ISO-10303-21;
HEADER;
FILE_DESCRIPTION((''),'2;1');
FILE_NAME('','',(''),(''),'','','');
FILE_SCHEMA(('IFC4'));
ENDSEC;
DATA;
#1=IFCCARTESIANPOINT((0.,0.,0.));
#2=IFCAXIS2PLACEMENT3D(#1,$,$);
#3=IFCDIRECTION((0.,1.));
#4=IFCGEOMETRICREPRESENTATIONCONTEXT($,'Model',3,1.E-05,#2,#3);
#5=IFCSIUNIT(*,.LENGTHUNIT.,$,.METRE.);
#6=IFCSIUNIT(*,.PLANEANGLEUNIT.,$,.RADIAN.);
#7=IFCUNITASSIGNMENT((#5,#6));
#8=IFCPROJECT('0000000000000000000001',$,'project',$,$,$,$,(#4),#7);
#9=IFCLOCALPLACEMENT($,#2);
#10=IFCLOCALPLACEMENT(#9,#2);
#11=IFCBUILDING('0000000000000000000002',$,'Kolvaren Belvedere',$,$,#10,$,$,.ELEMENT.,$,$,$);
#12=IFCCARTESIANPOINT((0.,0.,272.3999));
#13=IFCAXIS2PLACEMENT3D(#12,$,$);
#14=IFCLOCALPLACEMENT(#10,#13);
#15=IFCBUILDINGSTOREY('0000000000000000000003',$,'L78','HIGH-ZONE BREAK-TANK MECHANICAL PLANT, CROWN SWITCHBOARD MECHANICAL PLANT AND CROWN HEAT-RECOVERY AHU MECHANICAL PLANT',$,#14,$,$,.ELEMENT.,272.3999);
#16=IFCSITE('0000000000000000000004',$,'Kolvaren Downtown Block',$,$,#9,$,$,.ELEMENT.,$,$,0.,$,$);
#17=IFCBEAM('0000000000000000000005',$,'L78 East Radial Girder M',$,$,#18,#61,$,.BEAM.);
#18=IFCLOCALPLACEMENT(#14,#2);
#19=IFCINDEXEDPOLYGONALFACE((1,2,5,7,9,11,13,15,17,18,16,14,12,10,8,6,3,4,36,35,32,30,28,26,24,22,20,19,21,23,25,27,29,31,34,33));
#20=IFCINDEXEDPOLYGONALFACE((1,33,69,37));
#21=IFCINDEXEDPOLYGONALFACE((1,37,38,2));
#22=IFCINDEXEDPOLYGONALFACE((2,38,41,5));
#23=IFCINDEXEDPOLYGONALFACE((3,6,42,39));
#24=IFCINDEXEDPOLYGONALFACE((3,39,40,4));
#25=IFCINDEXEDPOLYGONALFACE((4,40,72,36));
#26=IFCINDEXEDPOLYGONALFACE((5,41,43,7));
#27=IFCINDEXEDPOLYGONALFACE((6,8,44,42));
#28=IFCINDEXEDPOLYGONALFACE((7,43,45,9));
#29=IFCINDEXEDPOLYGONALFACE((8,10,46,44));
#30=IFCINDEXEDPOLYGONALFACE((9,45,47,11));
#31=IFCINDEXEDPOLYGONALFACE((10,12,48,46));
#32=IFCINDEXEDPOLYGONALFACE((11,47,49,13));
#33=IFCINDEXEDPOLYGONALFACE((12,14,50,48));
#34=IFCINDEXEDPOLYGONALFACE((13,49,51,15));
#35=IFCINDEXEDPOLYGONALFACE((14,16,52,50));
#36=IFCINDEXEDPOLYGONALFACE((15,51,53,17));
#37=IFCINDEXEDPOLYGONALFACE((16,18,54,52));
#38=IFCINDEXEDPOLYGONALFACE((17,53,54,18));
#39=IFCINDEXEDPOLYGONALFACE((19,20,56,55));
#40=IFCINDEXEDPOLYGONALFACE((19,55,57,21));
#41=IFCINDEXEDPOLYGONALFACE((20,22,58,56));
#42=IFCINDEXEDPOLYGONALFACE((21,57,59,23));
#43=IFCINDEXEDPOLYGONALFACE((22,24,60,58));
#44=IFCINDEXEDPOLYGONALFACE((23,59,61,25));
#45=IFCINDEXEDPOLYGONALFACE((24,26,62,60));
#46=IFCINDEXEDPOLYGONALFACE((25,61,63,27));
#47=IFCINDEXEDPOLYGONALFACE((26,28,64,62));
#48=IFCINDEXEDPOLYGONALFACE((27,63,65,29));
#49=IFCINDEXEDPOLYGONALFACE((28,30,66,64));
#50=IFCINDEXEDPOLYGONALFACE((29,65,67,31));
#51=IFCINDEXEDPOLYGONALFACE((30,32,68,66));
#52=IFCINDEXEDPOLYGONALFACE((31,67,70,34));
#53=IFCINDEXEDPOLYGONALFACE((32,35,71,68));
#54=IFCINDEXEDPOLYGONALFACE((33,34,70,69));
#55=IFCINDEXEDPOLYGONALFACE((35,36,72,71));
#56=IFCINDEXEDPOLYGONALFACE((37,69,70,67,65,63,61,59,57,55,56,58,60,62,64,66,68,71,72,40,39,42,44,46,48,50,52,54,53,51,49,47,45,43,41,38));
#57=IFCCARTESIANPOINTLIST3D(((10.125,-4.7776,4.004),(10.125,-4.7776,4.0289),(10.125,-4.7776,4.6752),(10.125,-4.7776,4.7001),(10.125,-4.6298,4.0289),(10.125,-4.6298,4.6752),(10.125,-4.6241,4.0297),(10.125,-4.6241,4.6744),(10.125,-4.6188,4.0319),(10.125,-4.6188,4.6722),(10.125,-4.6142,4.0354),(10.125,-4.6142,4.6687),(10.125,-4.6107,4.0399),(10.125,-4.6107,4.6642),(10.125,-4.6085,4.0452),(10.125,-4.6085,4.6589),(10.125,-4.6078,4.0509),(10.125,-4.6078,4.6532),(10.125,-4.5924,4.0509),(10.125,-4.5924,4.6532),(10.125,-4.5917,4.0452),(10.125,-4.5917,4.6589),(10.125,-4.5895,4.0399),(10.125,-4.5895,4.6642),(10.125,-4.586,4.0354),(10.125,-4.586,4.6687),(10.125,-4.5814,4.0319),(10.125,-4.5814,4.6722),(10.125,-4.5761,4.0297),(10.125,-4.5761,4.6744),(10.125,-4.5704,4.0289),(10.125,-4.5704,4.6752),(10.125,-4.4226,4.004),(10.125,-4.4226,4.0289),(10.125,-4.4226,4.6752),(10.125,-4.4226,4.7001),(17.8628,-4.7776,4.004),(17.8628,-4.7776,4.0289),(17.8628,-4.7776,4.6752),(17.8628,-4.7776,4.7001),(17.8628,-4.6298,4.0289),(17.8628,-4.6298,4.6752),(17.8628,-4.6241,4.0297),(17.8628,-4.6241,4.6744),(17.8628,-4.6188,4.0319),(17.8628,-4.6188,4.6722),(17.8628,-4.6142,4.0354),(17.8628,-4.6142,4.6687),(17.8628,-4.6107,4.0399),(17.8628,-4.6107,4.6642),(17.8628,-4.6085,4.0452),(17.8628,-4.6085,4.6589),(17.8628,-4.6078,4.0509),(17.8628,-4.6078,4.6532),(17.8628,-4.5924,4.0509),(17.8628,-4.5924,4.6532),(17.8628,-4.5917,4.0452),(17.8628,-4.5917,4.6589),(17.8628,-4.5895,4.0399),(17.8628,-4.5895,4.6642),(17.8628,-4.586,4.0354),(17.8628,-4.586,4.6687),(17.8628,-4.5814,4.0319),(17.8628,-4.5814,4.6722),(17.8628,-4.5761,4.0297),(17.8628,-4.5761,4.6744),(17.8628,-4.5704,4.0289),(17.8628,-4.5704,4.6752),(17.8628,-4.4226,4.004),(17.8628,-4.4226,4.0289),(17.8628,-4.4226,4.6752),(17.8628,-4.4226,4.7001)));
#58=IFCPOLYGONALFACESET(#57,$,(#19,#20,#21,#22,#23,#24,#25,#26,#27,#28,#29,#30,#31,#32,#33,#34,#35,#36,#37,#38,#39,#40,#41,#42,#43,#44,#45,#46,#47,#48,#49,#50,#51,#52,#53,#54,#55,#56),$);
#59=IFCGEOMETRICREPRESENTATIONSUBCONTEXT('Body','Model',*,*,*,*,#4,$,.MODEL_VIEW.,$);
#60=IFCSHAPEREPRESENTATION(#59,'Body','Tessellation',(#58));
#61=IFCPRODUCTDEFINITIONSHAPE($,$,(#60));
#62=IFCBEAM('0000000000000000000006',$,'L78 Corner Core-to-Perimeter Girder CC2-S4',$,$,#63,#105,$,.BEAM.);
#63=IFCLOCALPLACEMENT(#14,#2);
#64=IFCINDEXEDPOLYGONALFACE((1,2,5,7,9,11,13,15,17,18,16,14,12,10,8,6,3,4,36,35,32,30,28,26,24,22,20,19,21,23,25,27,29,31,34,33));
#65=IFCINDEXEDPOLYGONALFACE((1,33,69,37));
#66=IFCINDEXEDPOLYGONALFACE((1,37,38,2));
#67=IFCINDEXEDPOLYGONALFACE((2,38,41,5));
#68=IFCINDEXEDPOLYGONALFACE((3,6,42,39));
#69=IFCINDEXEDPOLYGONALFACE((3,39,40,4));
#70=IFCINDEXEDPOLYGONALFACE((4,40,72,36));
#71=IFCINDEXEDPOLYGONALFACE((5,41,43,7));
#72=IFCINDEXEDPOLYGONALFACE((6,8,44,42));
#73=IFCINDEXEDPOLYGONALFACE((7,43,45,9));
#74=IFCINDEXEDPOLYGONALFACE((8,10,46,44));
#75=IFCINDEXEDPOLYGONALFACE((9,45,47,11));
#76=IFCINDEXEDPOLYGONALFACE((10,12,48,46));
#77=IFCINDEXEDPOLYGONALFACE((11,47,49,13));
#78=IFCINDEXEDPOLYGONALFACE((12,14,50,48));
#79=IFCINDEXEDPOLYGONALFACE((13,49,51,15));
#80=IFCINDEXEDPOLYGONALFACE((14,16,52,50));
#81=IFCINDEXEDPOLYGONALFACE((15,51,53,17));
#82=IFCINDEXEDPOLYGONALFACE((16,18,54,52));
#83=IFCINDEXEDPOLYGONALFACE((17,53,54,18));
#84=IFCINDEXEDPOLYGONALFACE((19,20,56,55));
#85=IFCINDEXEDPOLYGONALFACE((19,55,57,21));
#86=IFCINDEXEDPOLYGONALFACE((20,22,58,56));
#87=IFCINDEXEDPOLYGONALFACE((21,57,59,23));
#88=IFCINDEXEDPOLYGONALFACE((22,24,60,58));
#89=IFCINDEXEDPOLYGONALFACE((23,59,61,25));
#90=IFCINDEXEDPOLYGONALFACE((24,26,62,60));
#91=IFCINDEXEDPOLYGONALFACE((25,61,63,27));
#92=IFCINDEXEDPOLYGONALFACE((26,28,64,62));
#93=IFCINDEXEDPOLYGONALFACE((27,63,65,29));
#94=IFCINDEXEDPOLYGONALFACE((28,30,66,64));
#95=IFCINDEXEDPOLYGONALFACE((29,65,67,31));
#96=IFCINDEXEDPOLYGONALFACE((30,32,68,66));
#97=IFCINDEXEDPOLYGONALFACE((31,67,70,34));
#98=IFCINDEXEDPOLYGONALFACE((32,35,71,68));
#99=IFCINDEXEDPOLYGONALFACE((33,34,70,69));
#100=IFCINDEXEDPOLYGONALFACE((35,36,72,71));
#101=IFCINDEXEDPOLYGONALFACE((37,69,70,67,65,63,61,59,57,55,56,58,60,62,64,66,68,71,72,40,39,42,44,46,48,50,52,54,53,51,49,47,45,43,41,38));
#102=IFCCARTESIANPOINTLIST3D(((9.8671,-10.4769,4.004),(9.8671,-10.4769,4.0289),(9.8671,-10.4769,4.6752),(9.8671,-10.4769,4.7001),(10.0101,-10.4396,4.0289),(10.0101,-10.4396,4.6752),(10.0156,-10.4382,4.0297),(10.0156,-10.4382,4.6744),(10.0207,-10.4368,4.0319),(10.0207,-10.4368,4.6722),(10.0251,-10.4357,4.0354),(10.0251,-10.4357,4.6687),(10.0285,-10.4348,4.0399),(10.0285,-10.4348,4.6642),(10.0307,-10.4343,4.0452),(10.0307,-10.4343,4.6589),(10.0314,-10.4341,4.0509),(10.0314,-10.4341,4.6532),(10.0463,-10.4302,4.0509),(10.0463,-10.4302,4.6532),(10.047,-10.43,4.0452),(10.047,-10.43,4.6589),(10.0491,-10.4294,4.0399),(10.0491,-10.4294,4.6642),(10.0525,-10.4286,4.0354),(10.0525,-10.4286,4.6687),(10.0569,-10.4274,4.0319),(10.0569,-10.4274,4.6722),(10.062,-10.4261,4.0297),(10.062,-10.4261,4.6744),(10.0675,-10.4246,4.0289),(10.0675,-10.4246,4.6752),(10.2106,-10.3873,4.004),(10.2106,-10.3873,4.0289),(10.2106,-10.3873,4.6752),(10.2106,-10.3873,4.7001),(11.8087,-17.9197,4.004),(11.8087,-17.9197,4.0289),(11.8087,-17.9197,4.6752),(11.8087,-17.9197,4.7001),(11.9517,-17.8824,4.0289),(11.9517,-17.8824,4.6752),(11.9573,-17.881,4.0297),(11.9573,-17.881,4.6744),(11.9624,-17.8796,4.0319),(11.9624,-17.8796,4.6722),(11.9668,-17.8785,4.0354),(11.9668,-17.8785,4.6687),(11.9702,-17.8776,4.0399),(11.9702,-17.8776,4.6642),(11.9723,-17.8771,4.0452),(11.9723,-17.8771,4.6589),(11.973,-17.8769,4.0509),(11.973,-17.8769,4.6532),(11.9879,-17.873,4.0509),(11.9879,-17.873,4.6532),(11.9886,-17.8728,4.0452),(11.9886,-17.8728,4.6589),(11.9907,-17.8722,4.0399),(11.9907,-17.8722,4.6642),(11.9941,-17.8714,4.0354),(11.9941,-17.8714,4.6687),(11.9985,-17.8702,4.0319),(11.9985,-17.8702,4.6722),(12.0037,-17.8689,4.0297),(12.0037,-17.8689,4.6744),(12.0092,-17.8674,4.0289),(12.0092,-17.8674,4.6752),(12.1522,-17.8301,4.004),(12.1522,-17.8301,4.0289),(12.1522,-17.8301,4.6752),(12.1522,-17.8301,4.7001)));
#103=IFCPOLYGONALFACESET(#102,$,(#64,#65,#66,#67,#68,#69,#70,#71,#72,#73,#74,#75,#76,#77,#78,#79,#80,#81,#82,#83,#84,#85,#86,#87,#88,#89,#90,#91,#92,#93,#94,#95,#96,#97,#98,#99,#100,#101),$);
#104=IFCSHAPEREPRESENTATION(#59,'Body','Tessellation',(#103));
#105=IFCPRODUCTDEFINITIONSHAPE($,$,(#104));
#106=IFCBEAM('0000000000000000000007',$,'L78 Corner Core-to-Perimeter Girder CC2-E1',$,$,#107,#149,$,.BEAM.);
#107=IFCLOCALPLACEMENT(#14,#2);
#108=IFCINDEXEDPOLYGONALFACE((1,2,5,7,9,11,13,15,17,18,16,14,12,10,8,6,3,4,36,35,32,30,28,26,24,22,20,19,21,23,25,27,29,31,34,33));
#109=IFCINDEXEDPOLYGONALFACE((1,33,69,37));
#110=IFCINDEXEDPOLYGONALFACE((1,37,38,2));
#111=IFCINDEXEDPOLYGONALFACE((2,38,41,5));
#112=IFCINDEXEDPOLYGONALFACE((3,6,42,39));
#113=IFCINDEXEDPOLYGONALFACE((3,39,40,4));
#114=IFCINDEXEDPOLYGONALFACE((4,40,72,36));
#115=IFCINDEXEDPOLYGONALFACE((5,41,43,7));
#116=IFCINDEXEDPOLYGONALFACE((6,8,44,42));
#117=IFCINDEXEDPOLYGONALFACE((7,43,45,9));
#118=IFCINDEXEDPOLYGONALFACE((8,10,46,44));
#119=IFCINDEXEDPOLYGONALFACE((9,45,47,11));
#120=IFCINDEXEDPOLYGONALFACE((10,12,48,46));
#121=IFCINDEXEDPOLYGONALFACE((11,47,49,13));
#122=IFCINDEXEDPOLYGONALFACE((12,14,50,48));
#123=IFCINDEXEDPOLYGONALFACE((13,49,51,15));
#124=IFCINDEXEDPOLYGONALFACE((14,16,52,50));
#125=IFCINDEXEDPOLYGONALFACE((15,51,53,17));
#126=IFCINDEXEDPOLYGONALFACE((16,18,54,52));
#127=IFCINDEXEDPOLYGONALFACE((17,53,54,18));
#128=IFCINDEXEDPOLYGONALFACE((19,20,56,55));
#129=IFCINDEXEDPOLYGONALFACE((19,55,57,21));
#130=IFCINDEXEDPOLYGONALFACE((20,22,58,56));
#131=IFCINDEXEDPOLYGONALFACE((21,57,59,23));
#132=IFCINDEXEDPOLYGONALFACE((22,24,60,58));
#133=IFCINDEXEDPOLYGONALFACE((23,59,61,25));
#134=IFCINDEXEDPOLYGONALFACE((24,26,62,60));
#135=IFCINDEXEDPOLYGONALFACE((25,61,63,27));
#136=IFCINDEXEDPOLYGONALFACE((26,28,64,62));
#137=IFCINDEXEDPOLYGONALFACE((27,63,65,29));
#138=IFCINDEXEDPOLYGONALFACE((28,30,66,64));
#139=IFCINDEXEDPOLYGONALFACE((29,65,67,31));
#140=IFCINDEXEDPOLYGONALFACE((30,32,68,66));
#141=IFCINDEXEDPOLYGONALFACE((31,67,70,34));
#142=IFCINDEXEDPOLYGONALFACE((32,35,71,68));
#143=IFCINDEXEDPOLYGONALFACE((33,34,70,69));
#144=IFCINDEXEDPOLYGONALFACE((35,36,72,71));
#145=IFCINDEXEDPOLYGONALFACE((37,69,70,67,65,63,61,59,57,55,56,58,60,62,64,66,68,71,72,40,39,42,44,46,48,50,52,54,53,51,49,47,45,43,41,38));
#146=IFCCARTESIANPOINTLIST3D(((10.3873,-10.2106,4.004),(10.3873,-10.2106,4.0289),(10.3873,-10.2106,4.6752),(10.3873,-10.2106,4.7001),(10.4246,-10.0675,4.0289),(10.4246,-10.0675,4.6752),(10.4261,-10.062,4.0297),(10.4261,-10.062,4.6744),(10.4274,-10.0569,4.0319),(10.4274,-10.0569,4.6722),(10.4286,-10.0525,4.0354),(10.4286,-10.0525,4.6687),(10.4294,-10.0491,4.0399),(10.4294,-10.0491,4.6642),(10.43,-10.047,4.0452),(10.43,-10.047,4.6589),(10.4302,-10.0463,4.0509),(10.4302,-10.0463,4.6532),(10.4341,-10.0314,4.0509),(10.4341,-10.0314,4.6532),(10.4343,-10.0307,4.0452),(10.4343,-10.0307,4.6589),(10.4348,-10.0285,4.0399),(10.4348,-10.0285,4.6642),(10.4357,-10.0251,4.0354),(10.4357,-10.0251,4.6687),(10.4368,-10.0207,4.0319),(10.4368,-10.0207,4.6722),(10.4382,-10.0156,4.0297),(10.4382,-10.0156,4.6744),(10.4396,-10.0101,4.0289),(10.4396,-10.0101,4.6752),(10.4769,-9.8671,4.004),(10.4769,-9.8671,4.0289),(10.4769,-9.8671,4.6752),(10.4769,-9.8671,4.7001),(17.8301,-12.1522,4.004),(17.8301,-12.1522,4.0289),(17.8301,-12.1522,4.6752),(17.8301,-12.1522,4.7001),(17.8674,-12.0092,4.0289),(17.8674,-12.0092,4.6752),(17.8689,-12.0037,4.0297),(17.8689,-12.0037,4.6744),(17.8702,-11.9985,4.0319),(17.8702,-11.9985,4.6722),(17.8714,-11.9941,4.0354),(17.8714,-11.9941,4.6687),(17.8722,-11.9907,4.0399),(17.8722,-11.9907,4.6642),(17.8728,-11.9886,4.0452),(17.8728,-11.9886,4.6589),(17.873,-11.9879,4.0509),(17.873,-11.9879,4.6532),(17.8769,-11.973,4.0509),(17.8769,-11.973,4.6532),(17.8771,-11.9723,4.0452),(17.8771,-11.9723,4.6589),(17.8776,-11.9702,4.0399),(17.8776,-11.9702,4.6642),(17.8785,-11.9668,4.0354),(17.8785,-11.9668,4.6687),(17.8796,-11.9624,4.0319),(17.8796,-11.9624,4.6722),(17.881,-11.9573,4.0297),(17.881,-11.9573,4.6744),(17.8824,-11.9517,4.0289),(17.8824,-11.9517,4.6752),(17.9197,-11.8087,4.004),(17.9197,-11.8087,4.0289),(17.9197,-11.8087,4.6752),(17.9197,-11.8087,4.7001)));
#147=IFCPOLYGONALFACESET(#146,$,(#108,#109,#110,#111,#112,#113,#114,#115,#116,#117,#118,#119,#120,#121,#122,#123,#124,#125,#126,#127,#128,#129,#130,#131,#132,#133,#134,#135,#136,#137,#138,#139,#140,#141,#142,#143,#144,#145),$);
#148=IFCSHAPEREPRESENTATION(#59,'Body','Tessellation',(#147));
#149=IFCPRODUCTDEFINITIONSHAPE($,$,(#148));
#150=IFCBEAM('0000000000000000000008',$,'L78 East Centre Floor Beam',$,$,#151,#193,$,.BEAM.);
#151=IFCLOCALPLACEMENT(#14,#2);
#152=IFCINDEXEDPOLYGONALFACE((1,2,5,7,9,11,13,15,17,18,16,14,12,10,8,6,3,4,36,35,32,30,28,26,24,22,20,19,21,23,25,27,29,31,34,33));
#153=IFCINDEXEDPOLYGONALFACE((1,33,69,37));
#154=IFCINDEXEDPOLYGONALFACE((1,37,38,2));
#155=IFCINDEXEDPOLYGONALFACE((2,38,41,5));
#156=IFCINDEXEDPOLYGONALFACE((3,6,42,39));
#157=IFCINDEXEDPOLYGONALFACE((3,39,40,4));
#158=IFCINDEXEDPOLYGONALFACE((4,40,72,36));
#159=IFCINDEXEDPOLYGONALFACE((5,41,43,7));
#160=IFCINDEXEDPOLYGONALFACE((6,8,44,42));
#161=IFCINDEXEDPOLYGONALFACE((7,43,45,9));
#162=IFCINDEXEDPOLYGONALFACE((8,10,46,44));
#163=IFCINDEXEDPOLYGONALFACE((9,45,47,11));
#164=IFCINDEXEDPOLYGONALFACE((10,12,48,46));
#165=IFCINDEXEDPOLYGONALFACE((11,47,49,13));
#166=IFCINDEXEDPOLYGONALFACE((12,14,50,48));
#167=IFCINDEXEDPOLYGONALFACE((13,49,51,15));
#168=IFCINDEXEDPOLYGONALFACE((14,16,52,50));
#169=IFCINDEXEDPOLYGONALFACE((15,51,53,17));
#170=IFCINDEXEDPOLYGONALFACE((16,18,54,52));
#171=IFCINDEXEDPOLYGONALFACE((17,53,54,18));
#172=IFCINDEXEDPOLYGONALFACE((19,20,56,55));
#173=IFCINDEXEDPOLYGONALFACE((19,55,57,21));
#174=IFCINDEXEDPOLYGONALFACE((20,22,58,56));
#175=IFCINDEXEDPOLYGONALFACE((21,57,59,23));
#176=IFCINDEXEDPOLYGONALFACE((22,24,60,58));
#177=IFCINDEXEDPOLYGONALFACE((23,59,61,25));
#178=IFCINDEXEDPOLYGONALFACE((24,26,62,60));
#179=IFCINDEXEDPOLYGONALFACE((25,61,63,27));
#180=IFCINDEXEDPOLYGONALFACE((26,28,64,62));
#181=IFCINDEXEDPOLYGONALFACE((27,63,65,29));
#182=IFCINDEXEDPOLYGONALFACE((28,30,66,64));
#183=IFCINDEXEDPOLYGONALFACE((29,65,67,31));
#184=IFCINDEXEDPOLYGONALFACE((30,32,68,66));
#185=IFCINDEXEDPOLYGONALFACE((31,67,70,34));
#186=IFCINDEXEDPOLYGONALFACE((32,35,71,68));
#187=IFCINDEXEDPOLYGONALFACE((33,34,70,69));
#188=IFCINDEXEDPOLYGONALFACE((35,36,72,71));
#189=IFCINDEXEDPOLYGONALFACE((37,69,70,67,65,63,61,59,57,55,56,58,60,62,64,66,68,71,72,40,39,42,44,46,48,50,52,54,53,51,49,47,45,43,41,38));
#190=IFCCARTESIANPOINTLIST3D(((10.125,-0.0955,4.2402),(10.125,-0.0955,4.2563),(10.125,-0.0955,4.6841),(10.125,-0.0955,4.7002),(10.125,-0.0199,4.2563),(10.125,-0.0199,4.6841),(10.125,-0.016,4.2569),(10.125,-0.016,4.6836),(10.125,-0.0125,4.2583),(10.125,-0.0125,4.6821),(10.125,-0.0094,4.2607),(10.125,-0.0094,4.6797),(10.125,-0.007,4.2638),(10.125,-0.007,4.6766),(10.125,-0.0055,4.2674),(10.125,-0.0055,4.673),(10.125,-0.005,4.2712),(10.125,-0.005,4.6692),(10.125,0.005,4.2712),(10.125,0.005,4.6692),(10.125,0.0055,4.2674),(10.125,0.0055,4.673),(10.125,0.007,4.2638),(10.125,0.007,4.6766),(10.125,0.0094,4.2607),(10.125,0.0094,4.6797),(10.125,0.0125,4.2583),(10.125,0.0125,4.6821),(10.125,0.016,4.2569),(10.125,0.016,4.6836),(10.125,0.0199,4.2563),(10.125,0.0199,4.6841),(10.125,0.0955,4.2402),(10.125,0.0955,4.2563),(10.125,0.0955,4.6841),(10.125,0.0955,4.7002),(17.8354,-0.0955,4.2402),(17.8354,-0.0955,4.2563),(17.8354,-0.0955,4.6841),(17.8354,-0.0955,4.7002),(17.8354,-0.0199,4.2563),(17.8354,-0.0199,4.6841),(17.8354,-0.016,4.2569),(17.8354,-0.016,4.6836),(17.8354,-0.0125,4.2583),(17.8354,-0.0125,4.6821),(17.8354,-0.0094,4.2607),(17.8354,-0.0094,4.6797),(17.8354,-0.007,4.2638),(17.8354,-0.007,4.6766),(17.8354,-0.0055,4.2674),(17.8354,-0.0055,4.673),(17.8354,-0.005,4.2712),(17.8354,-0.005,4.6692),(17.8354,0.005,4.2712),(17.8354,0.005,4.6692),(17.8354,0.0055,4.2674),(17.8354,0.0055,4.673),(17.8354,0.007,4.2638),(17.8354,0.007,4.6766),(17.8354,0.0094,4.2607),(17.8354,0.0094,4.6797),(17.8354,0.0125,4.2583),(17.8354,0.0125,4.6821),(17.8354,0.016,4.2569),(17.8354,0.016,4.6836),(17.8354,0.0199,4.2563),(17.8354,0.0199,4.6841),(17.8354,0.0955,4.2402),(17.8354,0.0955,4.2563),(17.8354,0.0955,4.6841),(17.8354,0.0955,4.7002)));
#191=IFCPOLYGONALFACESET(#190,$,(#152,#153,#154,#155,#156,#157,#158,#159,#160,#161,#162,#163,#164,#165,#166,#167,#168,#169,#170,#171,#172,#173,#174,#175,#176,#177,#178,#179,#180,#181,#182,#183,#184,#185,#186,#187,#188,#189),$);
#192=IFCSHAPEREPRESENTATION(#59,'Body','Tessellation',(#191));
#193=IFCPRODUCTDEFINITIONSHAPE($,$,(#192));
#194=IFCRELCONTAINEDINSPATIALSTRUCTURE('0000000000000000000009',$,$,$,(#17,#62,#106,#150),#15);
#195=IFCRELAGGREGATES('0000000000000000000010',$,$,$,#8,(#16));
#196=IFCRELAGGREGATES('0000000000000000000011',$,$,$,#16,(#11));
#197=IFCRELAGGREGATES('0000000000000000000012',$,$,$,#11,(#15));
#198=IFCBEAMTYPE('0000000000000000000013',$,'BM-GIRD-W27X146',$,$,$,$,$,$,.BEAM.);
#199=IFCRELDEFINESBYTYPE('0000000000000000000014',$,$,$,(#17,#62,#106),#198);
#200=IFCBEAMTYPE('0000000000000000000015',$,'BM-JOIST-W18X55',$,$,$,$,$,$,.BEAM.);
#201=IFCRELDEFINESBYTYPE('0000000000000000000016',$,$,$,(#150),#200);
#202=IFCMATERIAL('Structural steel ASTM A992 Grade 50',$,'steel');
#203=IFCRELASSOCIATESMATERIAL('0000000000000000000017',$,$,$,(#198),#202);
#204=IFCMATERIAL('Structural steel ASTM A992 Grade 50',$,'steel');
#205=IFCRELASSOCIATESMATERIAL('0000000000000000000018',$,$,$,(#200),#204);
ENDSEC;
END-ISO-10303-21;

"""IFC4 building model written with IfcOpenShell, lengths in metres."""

from ifc_helpers import new_model, si_unit, direction, frame, origin, origin_2d, place, context, subcontext, project, spatial, i_section, extrude, material, material_profile, profile_set, type_object, element, save


model = new_model("IFC4")

# Units and contexts
model_context = context("Model", 3, precision=1e-05, world=origin(), true_north=direction((0.0, 1.0)))
body_context = subcontext(model_context, "Body", "Model", "MODEL_VIEW")
ifc_project = project(units=[si_unit("LENGTHUNIT", "METRE"), si_unit("PLANEANGLEUNIT", "RADIAN")], contexts=[model_context])

# Site, building, storey
site_placement = place(None, origin())
site = spatial("IfcSite", under=ifc_project, at=site_placement, Name="Kolvaren Downtown Block", CompositionType="ELEMENT", RefElevation=0.0)
building_placement = place(site_placement, origin())
building = spatial("IfcBuilding", under=site, at=building_placement, Name="Kolvaren Belvedere", CompositionType="ELEMENT")
storey_placement = place(building_placement, frame((0.0, 0.0, 272.3999)))
storey = spatial("IfcBuildingStorey", under=building, at=storey_placement, Name="L78", Description="HIGH-ZONE BREAK-TANK MECHANICAL PLANT, CROWN SWITCHBOARD MECHANICAL PLANT AND CROWN HEAT-RECOVERY AHU MECHANICAL PLANT", CompositionType="ELEMENT", Elevation=272.3999)

# Beams
ifc_material_1 = material(Name="Structural steel ASTM A992 Grade 50", Category="steel")
ifc_material_profile_1 = material_profile(ifc_material_1, i_section(OverallWidth=0.355, OverallDepth=0.696, WebThickness=0.0154, FlangeThickness=0.0249, FilletRadius=0.022, at=origin_2d()), Name="W27X146")
ifc_profile_set_1 = profile_set([ifc_material_profile_1], Name="Structural steel ASTM A992 Grade 50")
beam_type_1 = type_object("IfcBeamType", Name="BM-GIRD-W27X146", PredefinedType="BEAM", material=ifc_profile_set_1)
beam_1_placement = place(storey_placement, frame((10.125, -4.6001, 4.3521), z_axis=(1.0, 0.0, 0.0), x_axis=(0.0, 1.0, 0.0)))
element("IfcBeam", 1, at=beam_1_placement, inside=storey, type_object=beam_type_1, Name="L78 East Radial Girder M", PredefinedType="BEAM", context=body_context, shape_type="SweptSolid", body=[
    extrude(i_section(OverallWidth=0.355, OverallDepth=0.696, WebThickness=0.0154, FlangeThickness=0.0249, FilletRadius=0.022, at=origin_2d()), origin(), (0.0, 0.0, 1.0), 7.7378),
])
for number, where, z_axis, x_axis, name in (
    (2, (10.0388, -10.4321, 4.3521), (0.252426, -0.967616, 0.0), (0.967616, 0.252426, 0.0), "L78 Corner Core-to-Perimeter Girder CC2-S4"),
    (3, (10.4321, -10.0388, 4.3521), (0.967616, -0.252426, 0.0), (0.252426, 0.967616, 0.0), "L78 Corner Core-to-Perimeter Girder CC2-E1"),
):
    element("IfcBeam", number, at=place(storey_placement, frame(where, z_axis=z_axis, x_axis=x_axis)), inside=storey, type_object=beam_type_1, Name=name, PredefinedType="BEAM", context=body_context, shape_type="SweptSolid", body=[
        extrude(i_section(OverallWidth=0.355, OverallDepth=0.696, WebThickness=0.0154, FlangeThickness=0.0249, FilletRadius=0.022, at=origin_2d()), origin(), (0.0, 0.0, 1.0), 7.6919),
    ])
ifc_material_2 = material(Name="Structural steel ASTM A992 Grade 50", Category="steel")
ifc_material_profile_2 = material_profile(ifc_material_2, i_section(OverallWidth=0.1909, OverallDepth=0.46, WebThickness=0.01, FlangeThickness=0.0161, FilletRadius=0.0149, at=origin_2d()), Name="W18X55")
ifc_profile_set_2 = profile_set([ifc_material_profile_2], Name="Structural steel ASTM A992 Grade 50")
beam_type_2 = type_object("IfcBeamType", Name="BM-JOIST-W18X55", PredefinedType="BEAM", material=ifc_profile_set_2)
beam_2_placement = place(storey_placement, frame((10.125, 0.0, 4.4702), z_axis=(1.0, 0.0, 0.0), x_axis=(0.0, 1.0, 0.0)))
element("IfcBeam", 4, at=beam_2_placement, inside=storey, type_object=beam_type_2, Name="L78 East Centre Floor Beam", PredefinedType="BEAM", context=body_context, shape_type="SweptSolid", body=[
    extrude(i_section(OverallWidth=0.1909, OverallDepth=0.46, WebThickness=0.01, FlangeThickness=0.0161, FilletRadius=0.0149, at=origin_2d()), origin(), (0.0, 0.0, 1.0), 7.7104),
])

save(model, "model.ifc")
